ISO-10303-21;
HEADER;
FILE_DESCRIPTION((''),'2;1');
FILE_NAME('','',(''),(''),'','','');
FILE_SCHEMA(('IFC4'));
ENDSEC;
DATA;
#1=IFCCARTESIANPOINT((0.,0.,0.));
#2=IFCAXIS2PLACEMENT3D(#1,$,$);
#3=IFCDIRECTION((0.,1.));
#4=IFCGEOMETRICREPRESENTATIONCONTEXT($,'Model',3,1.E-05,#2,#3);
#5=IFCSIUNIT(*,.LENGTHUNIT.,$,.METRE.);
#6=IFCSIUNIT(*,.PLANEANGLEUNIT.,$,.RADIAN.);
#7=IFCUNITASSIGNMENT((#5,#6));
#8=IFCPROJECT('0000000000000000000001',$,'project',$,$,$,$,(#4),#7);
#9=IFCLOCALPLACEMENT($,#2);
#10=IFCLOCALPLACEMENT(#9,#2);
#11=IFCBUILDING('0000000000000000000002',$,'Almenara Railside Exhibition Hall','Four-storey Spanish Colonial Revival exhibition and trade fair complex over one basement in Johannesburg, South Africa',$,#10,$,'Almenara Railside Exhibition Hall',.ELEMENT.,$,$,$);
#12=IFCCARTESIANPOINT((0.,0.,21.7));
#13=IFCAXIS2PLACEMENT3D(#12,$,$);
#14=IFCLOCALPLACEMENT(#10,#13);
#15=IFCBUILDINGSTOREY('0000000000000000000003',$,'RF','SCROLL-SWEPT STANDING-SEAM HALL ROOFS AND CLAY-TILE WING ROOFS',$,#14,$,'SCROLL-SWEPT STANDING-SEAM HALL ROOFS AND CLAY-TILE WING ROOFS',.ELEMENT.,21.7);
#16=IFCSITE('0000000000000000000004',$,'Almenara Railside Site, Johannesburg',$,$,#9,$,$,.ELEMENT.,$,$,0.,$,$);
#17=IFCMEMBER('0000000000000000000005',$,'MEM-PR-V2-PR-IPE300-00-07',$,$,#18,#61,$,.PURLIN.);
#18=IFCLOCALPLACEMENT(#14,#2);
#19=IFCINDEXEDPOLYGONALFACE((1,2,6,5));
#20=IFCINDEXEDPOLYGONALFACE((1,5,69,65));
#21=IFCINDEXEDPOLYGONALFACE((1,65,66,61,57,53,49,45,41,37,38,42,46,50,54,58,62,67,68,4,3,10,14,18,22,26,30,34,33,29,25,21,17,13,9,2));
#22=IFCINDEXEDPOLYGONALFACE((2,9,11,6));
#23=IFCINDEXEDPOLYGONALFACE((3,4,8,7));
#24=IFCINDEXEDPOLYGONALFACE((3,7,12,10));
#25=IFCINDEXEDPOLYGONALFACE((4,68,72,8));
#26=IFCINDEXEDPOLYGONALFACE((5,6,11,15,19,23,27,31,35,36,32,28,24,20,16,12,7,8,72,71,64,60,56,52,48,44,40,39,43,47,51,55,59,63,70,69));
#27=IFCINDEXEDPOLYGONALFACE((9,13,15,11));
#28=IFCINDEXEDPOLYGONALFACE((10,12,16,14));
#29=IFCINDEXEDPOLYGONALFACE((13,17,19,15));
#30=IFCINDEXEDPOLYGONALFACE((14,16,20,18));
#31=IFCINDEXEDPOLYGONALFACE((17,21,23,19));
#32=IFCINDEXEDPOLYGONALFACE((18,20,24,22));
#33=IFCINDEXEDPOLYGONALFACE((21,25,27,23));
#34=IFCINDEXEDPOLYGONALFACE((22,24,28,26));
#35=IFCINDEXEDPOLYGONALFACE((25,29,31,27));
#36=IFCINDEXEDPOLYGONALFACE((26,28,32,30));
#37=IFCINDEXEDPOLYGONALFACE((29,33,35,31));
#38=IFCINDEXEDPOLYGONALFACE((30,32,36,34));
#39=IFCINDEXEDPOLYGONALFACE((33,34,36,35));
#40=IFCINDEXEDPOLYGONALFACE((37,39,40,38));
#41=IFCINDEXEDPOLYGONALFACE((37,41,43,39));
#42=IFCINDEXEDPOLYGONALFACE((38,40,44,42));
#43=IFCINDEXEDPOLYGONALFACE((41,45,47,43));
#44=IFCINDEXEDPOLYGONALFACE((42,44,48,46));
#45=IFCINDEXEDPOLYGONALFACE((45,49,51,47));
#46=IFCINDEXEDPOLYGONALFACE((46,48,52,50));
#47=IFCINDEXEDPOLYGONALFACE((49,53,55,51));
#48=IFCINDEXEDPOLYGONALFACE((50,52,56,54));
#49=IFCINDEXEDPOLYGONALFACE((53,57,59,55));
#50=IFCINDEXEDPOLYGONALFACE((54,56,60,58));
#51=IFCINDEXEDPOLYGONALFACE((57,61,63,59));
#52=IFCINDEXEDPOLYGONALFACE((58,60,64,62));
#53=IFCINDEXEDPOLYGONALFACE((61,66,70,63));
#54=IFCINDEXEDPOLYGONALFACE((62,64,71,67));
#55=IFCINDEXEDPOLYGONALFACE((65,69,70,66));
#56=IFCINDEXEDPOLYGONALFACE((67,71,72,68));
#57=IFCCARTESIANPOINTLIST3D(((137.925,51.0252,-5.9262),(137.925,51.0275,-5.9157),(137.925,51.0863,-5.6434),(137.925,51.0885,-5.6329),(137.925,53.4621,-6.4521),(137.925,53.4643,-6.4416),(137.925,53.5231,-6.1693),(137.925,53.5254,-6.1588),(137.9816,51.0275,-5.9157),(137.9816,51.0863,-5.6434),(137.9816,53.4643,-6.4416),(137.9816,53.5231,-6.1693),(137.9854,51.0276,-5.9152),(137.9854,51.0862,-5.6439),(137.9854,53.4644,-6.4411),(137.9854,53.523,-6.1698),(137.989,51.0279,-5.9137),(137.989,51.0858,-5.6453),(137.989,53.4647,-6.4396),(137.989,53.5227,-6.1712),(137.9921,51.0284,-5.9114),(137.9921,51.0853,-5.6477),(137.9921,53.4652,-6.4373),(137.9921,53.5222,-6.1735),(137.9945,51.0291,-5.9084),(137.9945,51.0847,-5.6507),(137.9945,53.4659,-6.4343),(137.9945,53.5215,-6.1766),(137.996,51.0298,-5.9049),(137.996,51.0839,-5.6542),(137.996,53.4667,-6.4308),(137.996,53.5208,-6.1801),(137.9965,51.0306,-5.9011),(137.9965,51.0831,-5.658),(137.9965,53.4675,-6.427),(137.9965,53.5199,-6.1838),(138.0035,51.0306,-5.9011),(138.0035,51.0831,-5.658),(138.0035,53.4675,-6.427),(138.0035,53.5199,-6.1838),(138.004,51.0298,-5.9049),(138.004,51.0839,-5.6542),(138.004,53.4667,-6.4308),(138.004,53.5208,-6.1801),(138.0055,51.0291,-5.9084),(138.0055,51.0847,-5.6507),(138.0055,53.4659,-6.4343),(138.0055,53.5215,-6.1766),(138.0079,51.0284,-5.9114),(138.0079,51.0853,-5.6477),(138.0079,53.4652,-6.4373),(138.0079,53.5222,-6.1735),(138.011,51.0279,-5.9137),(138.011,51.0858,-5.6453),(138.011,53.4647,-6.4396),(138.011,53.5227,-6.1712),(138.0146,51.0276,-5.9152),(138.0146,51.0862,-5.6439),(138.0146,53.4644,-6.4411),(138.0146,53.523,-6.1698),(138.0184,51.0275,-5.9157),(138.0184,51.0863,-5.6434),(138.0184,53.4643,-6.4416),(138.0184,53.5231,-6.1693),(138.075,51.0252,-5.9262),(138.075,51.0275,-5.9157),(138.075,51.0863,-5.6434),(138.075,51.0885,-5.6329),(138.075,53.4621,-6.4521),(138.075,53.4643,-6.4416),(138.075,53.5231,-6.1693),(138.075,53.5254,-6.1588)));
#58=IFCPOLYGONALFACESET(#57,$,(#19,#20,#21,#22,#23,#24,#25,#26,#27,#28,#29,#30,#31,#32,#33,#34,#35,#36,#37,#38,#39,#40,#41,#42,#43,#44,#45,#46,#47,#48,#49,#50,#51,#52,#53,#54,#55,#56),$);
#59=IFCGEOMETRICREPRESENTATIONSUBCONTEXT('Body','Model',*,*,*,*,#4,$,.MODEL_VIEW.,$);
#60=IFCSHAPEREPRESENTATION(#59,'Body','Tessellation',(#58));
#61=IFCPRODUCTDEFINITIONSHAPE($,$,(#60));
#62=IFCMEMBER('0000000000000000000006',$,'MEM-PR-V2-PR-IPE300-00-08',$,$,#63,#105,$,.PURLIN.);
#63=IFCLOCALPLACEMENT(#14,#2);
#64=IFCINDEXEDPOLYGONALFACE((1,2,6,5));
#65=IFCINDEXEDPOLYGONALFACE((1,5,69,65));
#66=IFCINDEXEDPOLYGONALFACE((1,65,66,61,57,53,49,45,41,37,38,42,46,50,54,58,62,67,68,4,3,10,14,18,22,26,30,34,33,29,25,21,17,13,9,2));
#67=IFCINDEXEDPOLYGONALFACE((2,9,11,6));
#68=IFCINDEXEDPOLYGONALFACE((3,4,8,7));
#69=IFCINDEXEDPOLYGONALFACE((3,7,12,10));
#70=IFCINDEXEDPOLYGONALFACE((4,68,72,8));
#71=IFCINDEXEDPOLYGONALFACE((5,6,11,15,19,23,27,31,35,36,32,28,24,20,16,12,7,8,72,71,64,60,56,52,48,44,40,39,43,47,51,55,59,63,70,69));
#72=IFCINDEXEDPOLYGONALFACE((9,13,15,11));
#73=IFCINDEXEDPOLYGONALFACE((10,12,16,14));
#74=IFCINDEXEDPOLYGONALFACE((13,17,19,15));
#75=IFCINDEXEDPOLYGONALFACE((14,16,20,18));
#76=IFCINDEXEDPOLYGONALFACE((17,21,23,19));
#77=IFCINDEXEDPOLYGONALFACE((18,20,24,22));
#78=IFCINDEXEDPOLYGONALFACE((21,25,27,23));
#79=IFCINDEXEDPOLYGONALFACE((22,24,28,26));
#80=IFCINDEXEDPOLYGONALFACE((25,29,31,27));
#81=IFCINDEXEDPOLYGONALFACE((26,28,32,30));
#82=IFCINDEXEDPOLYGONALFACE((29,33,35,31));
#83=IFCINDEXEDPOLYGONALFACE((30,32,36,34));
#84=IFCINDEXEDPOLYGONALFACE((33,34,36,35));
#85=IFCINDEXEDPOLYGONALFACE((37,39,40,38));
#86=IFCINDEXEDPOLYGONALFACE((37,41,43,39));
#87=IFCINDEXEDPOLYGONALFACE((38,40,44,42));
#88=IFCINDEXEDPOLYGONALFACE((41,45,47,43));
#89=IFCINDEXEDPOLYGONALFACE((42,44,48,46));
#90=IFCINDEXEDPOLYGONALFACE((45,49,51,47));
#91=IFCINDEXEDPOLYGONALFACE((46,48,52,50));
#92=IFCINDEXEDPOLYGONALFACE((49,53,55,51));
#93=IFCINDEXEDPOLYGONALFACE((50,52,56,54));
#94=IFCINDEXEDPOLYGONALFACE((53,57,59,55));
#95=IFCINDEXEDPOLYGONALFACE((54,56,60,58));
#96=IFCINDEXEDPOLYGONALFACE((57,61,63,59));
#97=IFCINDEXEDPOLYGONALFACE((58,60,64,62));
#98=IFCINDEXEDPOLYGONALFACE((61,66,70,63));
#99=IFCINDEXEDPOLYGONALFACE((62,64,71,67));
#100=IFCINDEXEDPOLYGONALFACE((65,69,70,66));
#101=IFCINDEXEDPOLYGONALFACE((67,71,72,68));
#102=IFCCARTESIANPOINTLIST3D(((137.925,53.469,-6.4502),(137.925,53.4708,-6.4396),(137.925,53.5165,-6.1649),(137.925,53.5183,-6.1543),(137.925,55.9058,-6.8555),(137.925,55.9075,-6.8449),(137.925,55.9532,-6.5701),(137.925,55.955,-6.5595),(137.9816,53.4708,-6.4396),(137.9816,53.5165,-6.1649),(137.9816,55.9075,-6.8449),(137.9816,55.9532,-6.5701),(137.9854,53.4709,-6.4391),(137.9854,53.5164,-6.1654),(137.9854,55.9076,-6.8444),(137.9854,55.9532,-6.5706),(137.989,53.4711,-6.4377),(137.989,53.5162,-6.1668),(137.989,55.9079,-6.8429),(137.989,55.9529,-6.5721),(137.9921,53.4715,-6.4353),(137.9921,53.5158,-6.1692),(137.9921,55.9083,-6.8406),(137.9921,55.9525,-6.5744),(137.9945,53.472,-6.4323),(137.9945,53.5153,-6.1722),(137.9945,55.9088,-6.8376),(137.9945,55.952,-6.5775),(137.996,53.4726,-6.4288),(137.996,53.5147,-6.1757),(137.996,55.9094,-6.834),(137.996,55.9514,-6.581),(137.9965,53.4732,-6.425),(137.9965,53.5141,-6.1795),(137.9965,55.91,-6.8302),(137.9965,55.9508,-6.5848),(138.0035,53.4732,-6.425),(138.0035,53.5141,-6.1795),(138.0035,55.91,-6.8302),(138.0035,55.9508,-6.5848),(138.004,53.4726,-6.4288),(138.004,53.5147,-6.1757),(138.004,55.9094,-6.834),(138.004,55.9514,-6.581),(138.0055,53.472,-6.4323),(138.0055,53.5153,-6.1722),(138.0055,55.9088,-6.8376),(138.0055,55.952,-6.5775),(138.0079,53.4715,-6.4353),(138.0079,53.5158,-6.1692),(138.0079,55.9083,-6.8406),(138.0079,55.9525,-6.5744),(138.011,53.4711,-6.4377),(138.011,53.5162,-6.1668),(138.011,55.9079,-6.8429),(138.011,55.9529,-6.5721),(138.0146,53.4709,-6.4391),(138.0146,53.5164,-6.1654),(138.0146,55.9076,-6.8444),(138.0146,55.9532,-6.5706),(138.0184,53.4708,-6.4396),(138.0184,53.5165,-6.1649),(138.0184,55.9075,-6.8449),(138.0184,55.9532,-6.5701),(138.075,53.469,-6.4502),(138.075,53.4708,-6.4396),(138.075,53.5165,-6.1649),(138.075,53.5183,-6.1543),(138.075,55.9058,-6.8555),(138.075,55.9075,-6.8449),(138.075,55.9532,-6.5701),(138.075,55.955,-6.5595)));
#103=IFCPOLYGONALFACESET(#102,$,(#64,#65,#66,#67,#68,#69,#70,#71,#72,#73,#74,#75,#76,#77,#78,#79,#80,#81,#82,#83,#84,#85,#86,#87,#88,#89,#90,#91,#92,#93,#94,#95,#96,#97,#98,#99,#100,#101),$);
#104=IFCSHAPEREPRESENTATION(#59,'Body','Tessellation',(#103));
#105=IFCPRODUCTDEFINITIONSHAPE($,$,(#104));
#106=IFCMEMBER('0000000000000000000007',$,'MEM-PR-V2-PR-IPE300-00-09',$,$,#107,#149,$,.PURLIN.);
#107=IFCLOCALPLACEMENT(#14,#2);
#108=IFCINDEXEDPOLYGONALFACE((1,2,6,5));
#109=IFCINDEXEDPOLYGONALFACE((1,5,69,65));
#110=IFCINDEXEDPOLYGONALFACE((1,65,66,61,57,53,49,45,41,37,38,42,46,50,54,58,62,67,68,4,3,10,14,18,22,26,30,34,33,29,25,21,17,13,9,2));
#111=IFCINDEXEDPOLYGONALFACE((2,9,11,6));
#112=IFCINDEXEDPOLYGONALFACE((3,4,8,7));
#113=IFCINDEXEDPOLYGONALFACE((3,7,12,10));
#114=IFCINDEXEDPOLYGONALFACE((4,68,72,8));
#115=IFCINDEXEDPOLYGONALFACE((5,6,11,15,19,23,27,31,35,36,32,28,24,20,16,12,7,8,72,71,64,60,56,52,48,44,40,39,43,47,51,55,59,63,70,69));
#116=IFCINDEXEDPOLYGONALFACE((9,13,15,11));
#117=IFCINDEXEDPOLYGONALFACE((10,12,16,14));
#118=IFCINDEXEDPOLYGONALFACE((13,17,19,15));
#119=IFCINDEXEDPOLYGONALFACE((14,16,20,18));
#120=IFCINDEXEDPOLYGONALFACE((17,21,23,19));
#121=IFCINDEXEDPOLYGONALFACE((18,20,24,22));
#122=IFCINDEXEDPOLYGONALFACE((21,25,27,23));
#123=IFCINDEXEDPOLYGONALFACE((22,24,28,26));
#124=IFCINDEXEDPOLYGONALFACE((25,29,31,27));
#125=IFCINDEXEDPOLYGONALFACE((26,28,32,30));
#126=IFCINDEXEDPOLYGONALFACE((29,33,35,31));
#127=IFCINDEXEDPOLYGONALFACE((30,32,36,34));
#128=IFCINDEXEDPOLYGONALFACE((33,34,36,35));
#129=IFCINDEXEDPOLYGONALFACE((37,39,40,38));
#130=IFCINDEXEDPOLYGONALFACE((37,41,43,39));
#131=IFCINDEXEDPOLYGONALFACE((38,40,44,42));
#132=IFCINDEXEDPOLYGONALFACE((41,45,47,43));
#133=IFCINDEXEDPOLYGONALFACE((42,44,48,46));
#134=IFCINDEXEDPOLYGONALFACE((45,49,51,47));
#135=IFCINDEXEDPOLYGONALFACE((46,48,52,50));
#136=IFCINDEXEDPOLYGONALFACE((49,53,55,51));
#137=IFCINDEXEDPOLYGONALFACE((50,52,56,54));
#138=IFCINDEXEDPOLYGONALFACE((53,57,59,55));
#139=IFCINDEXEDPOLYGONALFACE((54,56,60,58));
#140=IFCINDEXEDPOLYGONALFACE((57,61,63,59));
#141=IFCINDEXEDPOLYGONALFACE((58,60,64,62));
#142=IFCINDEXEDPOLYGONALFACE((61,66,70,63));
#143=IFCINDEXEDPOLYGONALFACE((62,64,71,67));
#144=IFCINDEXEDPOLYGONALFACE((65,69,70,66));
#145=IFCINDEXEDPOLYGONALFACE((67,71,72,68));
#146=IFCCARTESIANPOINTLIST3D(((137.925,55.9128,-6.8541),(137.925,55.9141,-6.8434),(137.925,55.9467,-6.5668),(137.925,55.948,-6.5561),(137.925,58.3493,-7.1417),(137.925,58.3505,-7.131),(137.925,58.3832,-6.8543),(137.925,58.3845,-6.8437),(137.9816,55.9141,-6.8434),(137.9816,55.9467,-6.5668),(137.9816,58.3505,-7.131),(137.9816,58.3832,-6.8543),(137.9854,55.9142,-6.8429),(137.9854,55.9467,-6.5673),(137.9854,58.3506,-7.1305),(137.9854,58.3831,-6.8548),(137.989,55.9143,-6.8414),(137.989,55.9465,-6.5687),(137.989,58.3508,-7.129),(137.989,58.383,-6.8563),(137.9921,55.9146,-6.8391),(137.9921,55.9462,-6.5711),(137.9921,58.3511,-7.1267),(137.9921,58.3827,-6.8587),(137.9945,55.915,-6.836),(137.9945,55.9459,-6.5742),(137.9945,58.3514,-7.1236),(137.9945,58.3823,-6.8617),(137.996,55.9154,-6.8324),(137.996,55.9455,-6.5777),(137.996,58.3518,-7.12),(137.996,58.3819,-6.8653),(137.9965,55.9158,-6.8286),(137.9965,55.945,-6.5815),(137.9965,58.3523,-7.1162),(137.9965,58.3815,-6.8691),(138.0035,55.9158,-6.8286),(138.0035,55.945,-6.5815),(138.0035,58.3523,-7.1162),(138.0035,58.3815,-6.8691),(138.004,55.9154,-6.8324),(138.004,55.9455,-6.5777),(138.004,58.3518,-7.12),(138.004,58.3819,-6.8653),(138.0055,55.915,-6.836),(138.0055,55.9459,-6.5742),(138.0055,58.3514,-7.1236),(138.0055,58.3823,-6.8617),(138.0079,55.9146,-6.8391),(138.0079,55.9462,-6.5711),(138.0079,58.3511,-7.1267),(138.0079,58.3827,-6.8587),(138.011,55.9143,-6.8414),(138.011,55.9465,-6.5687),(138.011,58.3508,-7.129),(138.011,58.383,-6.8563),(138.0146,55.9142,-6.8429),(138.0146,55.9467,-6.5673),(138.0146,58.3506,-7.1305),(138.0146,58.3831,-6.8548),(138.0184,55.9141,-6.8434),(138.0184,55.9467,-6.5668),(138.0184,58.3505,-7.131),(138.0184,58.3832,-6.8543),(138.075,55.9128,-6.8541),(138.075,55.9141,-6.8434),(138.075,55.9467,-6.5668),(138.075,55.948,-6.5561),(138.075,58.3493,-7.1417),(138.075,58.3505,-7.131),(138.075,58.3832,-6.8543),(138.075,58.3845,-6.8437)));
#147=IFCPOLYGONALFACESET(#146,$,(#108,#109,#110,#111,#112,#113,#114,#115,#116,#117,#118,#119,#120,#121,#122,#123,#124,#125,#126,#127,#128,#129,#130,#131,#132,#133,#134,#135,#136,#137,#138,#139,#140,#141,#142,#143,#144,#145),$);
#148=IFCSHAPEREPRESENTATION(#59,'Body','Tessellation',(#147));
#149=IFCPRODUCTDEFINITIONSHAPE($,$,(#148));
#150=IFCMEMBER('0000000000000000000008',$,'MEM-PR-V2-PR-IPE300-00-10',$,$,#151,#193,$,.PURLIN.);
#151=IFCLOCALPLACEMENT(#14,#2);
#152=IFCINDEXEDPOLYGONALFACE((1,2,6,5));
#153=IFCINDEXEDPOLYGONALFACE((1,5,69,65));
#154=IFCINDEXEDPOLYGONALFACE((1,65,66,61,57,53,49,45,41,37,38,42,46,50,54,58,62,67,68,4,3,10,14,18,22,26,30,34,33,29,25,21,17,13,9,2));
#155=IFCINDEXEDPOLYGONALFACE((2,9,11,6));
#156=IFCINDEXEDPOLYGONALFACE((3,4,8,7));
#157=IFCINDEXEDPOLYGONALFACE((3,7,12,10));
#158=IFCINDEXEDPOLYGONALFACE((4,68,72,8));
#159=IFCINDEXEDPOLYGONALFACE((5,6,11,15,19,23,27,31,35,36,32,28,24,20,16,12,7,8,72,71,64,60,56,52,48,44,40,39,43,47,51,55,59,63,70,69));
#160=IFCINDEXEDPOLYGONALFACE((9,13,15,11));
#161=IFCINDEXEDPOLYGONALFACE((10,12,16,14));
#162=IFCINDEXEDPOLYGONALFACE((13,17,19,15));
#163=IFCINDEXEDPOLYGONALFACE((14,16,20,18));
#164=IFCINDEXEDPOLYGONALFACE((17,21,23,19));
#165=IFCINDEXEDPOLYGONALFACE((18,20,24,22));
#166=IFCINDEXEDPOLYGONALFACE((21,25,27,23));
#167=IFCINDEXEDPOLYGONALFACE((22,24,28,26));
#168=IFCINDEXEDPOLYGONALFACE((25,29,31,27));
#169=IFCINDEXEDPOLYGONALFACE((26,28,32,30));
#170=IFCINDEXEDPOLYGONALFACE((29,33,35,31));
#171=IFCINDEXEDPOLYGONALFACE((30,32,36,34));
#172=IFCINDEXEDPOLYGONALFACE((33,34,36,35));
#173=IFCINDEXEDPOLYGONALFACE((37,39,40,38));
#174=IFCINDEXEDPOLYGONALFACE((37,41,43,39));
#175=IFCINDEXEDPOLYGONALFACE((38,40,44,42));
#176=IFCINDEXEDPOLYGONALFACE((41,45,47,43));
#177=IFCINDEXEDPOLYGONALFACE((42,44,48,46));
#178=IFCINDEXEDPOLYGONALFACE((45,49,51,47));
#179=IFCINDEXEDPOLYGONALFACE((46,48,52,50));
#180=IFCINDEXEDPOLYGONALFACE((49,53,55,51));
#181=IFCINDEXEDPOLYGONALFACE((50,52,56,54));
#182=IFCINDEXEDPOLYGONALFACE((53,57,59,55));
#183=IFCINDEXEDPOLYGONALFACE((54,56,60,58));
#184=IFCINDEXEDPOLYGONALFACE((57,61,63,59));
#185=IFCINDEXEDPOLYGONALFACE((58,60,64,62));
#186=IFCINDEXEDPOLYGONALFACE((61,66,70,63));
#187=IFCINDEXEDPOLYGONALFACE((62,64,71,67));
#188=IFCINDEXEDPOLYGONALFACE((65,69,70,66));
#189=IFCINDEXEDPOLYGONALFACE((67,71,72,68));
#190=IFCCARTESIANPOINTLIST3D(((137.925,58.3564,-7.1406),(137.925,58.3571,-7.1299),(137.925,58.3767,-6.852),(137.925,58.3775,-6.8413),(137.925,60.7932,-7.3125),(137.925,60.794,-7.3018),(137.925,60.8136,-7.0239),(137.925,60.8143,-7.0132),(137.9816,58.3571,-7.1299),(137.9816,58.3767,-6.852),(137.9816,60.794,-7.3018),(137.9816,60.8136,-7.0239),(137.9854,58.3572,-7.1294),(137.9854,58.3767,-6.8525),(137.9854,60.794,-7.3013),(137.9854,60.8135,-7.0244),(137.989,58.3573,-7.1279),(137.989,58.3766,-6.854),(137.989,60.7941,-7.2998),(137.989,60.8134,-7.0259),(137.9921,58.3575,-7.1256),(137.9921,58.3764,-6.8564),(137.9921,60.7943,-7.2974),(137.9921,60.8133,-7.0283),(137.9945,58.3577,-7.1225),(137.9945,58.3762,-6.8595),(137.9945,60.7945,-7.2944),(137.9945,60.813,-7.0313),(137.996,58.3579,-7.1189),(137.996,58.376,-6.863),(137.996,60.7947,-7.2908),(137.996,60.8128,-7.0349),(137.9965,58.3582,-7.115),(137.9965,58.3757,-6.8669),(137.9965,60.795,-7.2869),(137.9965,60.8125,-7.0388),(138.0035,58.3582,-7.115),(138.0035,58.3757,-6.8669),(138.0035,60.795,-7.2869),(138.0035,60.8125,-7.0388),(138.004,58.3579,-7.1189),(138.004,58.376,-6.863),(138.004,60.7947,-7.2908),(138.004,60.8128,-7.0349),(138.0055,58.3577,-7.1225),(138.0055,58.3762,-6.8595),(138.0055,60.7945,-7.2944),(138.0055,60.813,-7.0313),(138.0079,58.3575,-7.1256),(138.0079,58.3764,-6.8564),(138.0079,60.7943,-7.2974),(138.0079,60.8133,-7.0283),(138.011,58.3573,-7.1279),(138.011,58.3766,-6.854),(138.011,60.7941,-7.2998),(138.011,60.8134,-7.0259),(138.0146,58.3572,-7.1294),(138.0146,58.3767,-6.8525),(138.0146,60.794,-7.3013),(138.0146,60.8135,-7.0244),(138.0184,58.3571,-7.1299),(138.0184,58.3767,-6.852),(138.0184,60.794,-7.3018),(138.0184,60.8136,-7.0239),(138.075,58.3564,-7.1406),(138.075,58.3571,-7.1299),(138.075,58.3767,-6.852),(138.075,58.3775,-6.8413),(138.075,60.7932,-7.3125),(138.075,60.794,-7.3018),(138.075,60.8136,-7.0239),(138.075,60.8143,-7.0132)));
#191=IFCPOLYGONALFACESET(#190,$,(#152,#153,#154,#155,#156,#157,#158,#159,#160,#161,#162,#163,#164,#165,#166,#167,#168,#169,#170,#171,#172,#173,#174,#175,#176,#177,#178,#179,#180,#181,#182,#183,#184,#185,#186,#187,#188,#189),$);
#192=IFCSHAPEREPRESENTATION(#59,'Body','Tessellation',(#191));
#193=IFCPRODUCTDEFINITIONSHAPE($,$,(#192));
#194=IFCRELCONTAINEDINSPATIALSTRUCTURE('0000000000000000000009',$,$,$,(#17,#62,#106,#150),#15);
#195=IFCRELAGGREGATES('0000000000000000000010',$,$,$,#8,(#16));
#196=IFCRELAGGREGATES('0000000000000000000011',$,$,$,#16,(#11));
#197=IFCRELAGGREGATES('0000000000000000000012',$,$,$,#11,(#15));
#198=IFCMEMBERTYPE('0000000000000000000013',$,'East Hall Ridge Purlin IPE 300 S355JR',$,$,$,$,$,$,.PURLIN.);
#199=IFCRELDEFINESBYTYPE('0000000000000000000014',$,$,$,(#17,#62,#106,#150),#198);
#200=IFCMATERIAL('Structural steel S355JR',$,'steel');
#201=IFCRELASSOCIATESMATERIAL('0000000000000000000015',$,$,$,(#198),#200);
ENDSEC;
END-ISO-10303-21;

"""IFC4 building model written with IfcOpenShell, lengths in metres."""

from ifc_helpers import new_model, si_unit, direction, frame, origin, origin_2d, place, context, subcontext, project, spatial, i_section, extrude, material, material_profile, profile_set, type_object, element, save


model = new_model("IFC4")

# Units and contexts
model_context = context("Model", 3, precision=1e-05, world=origin(), true_north=direction((0.0, 1.0)))
body_context = subcontext(model_context, "Body", "Model", "MODEL_VIEW")
ifc_project = project(units=[si_unit("LENGTHUNIT", "METRE"), si_unit("PLANEANGLEUNIT", "RADIAN")], contexts=[model_context])

# Site, building, storey
site_placement = place(None, origin())
site = spatial("IfcSite", under=ifc_project, at=site_placement, Name="Almenara Railside Site, Johannesburg", CompositionType="ELEMENT", RefElevation=0.0)
building_placement = place(site_placement, origin())
building = spatial("IfcBuilding", under=site, at=building_placement, Name="Almenara Railside Exhibition Hall", Description="Four-storey Spanish Colonial Revival exhibition and trade fair complex over one basement in Johannesburg, South Africa", LongName="Almenara Railside Exhibition Hall", CompositionType="ELEMENT")
storey_placement = place(building_placement, frame((0.0, 0.0, 21.7)))
storey = spatial("IfcBuildingStorey", under=building, at=storey_placement, Name="RF", Description="SCROLL-SWEPT STANDING-SEAM HALL ROOFS AND CLAY-TILE WING ROOFS", LongName="SCROLL-SWEPT STANDING-SEAM HALL ROOFS AND CLAY-TILE WING ROOFS", CompositionType="ELEMENT", Elevation=21.7)

# Shared definitions
ifc_material_1 = material(Name="Structural steel S355JR", Category="steel")

# Members
ifc_material_profile_1 = material_profile(ifc_material_1, i_section(OverallWidth=0.1499, OverallDepth=0.3, WebThickness=0.0071, FlangeThickness=0.0107, FilletRadius=0.0149, at=origin_2d()), Name="IPE 300")
ifc_profile_set_1 = profile_set([ifc_material_profile_1], Name="Structural steel S355JR")
member_type_1 = type_object("IfcMemberType", Name="East Hall Ridge Purlin IPE 300 S355JR", PredefinedType="PURLIN", material=ifc_profile_set_1)
member_1_placement = place(storey_placement, frame((138.0, 51.0569, -5.7795), z_axis=(0.0, 0.977496, -0.210953), x_axis=(-1.0, 0.0, 0.0)))
element("IfcMember", 1, at=member_1_placement, inside=storey, type_object=member_type_1, Name="MEM-PR-V2-PR-IPE300-00-07", PredefinedType="PURLIN", context=body_context, shape_type="SweptSolid", body=[
    extrude(i_section(OverallWidth=0.1499, OverallDepth=0.3, WebThickness=0.0071, FlangeThickness=0.0107, FilletRadius=0.0149, at=origin_2d()), origin(), (0.0, 0.0, 1.0), 2.4929),
])
member_2_placement = place(storey_placement, frame((138.0, 53.4937, -6.3022), z_axis=(0.0, 0.98645, -0.164062), x_axis=(-1.0, 0.0, 0.0)))
element("IfcMember", 2, at=member_2_placement, inside=storey, type_object=member_type_1, Name="MEM-PR-V2-PR-IPE300-00-08", PredefinedType="PURLIN", context=body_context, shape_type="SweptSolid", body=[
    extrude(i_section(OverallWidth=0.1499, OverallDepth=0.3, WebThickness=0.0071, FlangeThickness=0.0107, FilletRadius=0.0149, at=origin_2d()), origin(), (0.0, 0.0, 1.0), 2.4702),
])
member_3_placement = place(storey_placement, frame((138.0, 55.9304, -6.7051), z_axis=(0.0, 0.993106, -0.117222), x_axis=(-1.0, 0.0, 0.0)))
element("IfcMember", 3, at=member_3_placement, inside=storey, type_object=member_type_1, Name="MEM-PR-V2-PR-IPE300-00-09", PredefinedType="PURLIN", context=body_context, shape_type="SweptSolid", body=[
    extrude(i_section(OverallWidth=0.1499, OverallDepth=0.3, WebThickness=0.0071, FlangeThickness=0.0107, FilletRadius=0.0149, at=origin_2d()), origin(), (0.0, 0.0, 1.0), 2.4534),
])
member_4_placement = place(storey_placement, frame((138.0, 58.3669, -6.991), z_axis=(0.0, 0.997522, -0.070359), x_axis=(-1.0, 0.0, 0.0)))
element("IfcMember", 4, at=member_4_placement, inside=storey, type_object=member_type_1, Name="MEM-PR-V2-PR-IPE300-00-10", PredefinedType="PURLIN", context=body_context, shape_type="SweptSolid", body=[
    extrude(i_section(OverallWidth=0.1499, OverallDepth=0.3, WebThickness=0.0071, FlangeThickness=0.0107, FilletRadius=0.0149, at=origin_2d()), origin(), (0.0, 0.0, 1.0), 2.4429),
])

save(model, "model.ifc")
